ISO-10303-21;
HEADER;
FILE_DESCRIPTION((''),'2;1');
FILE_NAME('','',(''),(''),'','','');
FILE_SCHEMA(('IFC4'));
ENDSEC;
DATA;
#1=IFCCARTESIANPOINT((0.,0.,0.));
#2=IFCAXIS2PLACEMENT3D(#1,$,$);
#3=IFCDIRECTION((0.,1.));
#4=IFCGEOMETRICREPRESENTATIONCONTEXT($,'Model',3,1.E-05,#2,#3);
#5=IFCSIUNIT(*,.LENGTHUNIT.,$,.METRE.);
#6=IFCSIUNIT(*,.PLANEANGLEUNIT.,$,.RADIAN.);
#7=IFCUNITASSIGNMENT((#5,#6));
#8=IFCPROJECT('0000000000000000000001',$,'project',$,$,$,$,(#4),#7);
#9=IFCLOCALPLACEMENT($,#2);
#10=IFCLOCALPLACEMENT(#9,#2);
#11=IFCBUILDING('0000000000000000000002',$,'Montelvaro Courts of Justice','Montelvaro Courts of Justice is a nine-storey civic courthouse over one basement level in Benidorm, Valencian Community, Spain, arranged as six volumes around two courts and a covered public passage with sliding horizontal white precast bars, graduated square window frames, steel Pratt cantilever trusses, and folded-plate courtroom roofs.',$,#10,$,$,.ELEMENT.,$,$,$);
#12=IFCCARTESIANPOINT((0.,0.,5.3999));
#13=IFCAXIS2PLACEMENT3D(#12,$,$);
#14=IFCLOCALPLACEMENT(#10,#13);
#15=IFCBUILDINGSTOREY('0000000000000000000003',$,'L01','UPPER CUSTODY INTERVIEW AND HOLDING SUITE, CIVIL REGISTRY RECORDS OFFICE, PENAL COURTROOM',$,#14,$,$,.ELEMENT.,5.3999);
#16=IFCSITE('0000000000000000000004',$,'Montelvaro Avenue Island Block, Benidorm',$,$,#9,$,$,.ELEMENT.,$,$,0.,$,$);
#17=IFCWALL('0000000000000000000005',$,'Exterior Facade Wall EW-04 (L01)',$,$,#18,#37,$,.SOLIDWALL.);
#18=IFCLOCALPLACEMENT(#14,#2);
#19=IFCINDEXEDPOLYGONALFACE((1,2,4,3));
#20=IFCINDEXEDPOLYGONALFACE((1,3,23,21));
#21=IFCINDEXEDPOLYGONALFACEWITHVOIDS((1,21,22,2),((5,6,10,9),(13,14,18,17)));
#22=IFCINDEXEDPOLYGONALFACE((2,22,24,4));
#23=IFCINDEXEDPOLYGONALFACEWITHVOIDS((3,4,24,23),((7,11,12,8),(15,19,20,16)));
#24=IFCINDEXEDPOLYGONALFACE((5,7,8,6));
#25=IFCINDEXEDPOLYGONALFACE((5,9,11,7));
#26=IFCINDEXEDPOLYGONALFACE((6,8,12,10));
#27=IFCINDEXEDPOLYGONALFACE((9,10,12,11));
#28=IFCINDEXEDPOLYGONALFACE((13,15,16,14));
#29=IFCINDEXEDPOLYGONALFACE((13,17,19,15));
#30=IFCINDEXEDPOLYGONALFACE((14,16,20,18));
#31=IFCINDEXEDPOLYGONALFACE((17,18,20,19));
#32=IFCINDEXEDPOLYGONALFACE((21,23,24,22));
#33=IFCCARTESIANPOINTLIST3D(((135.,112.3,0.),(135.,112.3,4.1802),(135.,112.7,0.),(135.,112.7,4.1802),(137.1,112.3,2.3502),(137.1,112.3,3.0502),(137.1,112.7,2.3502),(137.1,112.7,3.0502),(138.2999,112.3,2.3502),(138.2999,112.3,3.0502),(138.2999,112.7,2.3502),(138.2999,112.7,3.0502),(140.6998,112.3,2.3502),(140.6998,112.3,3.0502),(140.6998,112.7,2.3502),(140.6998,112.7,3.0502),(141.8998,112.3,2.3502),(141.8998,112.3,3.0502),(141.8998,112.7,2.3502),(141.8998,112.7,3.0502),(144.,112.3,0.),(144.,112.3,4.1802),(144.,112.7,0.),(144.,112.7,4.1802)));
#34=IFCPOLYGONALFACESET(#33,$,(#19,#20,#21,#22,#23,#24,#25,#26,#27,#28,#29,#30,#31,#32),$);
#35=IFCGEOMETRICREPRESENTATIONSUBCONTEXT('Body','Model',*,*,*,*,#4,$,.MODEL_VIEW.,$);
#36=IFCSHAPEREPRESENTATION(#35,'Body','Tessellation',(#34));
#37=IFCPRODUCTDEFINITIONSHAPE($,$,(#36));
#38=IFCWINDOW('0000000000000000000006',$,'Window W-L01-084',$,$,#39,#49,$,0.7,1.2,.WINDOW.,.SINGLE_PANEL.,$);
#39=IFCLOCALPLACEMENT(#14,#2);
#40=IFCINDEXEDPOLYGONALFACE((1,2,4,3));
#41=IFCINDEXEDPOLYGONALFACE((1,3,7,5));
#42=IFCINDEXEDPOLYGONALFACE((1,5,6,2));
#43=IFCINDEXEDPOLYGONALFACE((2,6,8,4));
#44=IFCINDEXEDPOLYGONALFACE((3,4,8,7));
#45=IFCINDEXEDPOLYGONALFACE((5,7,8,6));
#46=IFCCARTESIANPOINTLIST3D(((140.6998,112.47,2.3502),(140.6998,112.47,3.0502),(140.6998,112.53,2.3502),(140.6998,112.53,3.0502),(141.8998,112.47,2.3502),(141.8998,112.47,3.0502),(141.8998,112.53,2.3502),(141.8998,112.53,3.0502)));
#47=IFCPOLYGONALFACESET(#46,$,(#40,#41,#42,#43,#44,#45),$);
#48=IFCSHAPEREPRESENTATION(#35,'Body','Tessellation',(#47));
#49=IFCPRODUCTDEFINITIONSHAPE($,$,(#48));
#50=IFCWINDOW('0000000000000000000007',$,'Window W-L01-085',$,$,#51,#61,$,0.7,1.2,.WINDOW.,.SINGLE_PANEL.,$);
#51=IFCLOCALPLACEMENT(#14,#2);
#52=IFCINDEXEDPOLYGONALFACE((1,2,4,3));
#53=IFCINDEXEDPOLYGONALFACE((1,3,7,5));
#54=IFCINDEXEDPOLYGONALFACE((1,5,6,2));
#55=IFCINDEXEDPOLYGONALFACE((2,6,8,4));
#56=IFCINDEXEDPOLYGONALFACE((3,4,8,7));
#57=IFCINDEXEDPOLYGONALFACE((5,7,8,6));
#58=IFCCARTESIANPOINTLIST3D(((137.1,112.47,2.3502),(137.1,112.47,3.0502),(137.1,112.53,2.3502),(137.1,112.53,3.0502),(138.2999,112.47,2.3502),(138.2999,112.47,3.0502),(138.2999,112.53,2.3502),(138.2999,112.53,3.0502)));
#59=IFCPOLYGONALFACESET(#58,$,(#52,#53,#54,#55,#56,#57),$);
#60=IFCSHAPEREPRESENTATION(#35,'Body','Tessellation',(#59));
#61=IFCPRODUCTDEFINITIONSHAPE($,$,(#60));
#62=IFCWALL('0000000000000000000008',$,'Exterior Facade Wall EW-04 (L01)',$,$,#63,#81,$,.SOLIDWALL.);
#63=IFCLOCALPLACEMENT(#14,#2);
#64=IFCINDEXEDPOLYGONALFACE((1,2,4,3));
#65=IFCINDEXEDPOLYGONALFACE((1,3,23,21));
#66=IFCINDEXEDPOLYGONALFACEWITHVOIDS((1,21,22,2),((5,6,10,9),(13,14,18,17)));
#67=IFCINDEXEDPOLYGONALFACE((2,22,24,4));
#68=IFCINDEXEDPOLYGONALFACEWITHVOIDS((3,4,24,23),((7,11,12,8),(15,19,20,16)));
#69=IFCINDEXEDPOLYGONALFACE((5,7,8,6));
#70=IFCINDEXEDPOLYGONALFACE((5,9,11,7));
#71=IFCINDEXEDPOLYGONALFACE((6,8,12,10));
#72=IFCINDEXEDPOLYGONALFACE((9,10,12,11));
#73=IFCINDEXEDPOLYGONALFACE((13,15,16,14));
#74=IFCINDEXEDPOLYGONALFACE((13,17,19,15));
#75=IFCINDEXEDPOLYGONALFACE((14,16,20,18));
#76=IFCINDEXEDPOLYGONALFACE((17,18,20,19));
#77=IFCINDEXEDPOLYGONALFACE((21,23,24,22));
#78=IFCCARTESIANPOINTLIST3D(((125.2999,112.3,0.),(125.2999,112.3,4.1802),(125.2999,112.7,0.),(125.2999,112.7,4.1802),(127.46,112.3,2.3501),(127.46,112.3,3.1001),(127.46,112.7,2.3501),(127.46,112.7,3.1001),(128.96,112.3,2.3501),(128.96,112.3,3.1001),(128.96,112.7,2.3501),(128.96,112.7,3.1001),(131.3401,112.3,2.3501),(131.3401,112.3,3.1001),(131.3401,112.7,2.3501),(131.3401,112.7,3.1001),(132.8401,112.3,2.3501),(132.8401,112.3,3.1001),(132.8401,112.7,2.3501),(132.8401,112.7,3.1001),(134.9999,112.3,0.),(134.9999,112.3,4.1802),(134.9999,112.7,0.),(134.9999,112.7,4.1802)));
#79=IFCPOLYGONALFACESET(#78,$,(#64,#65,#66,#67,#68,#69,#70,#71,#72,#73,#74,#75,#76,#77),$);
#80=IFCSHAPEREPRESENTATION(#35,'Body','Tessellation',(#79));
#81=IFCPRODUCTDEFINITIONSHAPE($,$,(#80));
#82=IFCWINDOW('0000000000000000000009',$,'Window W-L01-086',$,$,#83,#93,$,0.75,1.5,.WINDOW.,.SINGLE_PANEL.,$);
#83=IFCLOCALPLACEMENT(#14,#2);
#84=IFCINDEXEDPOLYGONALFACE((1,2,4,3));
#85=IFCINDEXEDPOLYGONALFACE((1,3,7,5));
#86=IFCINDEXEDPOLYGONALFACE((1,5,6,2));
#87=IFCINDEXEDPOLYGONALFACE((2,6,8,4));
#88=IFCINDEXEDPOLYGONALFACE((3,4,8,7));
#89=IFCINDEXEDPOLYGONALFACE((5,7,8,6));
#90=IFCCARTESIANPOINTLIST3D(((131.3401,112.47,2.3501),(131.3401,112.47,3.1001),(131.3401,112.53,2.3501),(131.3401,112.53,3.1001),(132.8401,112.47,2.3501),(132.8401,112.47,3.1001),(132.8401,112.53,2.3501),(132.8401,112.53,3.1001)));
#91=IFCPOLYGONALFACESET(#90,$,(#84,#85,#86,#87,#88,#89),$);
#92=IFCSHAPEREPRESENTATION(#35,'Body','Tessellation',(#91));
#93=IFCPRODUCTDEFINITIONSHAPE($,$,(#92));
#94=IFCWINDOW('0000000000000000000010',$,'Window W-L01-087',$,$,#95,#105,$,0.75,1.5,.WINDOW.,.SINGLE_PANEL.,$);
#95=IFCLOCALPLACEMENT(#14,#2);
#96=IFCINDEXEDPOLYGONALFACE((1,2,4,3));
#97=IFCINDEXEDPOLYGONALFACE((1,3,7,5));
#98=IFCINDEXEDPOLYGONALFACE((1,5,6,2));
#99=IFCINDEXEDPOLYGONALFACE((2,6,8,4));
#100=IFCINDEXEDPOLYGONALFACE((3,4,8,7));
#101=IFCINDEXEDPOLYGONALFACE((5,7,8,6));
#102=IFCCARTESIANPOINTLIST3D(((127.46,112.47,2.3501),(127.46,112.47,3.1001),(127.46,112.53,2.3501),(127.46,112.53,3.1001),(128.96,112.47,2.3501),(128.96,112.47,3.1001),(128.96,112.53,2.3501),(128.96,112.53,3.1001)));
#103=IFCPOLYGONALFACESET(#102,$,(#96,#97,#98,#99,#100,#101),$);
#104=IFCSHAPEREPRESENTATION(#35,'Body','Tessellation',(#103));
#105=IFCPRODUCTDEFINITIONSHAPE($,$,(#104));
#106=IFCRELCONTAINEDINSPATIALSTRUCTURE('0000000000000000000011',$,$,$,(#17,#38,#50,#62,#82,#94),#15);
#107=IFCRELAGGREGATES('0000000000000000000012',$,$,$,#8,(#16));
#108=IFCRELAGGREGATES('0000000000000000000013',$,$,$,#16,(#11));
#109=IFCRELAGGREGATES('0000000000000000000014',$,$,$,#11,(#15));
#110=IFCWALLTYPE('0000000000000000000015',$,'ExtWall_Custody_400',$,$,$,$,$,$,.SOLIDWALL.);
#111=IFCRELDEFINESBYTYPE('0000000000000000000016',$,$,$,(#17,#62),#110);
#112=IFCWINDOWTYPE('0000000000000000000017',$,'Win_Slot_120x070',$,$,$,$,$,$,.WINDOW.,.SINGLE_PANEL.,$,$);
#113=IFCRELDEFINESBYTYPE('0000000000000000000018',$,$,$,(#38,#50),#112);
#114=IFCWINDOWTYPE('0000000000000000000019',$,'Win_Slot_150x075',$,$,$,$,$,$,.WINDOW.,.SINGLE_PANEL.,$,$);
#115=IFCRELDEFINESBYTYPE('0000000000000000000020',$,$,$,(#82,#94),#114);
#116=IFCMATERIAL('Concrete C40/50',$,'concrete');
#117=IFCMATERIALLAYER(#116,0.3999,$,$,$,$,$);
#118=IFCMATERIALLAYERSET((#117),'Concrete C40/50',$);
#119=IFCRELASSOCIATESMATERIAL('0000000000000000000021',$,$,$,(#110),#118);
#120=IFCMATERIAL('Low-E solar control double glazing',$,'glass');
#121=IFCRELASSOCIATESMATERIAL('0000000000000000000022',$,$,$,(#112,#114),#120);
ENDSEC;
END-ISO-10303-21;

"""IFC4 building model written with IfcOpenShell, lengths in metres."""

from ifc_helpers import new_model, si_unit, direction, frame, frame_2d, origin, place, context, subcontext, project, spatial, rectangle, extrude, material, layer, layer_set, type_object, element, fill, save


model = new_model("IFC4")

# Units and contexts
model_context = context("Model", 3, precision=1e-05, world=origin(), true_north=direction((0.0, 1.0)))
body_context = subcontext(model_context, "Body", "Model", "MODEL_VIEW")
ifc_project = project(units=[si_unit("LENGTHUNIT", "METRE"), si_unit("PLANEANGLEUNIT", "RADIAN")], contexts=[model_context])

# Site, building, storey
site_placement = place(None, origin())
site = spatial("IfcSite", under=ifc_project, at=site_placement, Name="Montelvaro Avenue Island Block, Benidorm", CompositionType="ELEMENT", RefElevation=0.0)
building_placement = place(site_placement, origin())
building = spatial("IfcBuilding", under=site, at=building_placement, Name="Montelvaro Courts of Justice", Description="Montelvaro Courts of Justice is a nine-storey civic courthouse over one basement level in Benidorm, Valencian Community, Spain, arranged as six volumes around two courts and a covered public passage with sliding horizontal white precast bars, graduated square window frames, steel Pratt cantilever trusses, and folded-plate courtroom roofs.", CompositionType="ELEMENT")
storey_placement = place(building_placement, frame((0.0, 0.0, 5.3999)))
storey = spatial("IfcBuildingStorey", under=building, at=storey_placement, Name="L01", Description="UPPER CUSTODY INTERVIEW AND HOLDING SUITE, CIVIL REGISTRY RECORDS OFFICE, PENAL COURTROOM", CompositionType="ELEMENT", Elevation=5.3999)

# Walls, openings, windows
ifc_material_1 = material(Name="Concrete C40/50", Category="concrete")
ifc_layer = layer(ifc_material_1, 0.3999)
ifc_layer_set = layer_set([ifc_layer], Name="Concrete C40/50")
wall_type = type_object("IfcWallType", Name="ExtWall_Custody_400", PredefinedType="SOLIDWALL", material=ifc_layer_set)
wall_1_placement = place(storey_placement, frame((144.0, 112.5, 0.0), z_axis=(0.0, 0.0, 1.0), x_axis=(-1.0, 0.0, 0.0)))
wall_1 = element("IfcWall", 1, at=wall_1_placement, inside=storey, type_object=wall_type, Name="Exterior Facade Wall EW-04 (L01)", PredefinedType="SOLIDWALL", context=body_context, shape_type="SweptSolid", body=[
    extrude(rectangle(XDim=9.0, YDim=0.3999, at=frame_2d((4.5, 0.0))), origin(), (0.0, 0.0, 1.0), 4.1802),
])
opening_1_placement = place(wall_1_placement, frame((2.1001, 0.0, 2.3501)))
opening_1 = element("IfcOpeningElement", 2, at=opening_1_placement, cuts=wall_1, PredefinedType="OPENING", context=body_context, shape_type="SweptSolid", body=[
    extrude(rectangle(XDim=1.2, YDim=0.7, at=frame_2d((0.6001, 0.3501))), frame((0.0, 0.2148, 0.0), z_axis=(0.0, -1.0, 0.0), x_axis=(1.0, 0.0, 0.0)), (0.0, 0.0, 1.0), 0.4297),
])
opening_2_placement = place(wall_1_placement, frame((5.7, 0.0, 2.3501)))
opening_2 = element("IfcOpeningElement", 3, at=opening_2_placement, cuts=wall_1, PredefinedType="OPENING", context=body_context, shape_type="SweptSolid", body=[
    extrude(rectangle(XDim=1.2, YDim=0.7, at=frame_2d((0.6001, 0.3501))), frame((0.0, 0.2148, 0.0), z_axis=(0.0, -1.0, 0.0), x_axis=(1.0, 0.0, 0.0)), (0.0, 0.0, 1.0), 0.4297),
])
ifc_material_2 = material(Name="Low-E solar control double glazing", Category="glass")
window_type_1 = type_object("IfcWindowType", Name="Win_Slot_120x070", PartitioningType="SINGLE_PANEL", PredefinedType="WINDOW", material=ifc_material_2)
window_1_placement = place(opening_1_placement, origin())
window_1 = element("IfcWindow", 4, at=window_1_placement, inside=storey, type_object=window_type_1, Name="Window W-L01-084", OverallHeight=0.7, OverallWidth=1.2, PartitioningType="SINGLE_PANEL", PredefinedType="WINDOW", context=body_context, shape_type="SweptSolid", body=[
    extrude(rectangle(XDim=1.2, YDim=0.7, at=frame_2d((0.6001, 0.3501))), frame((0.0, 0.03, 0.0), z_axis=(0.0, -1.0, 0.0), x_axis=(1.0, 0.0, 0.0)), (0.0, 0.0, 1.0), 0.0601),
])
fill(opening_1, window_1)
window_2_placement = place(opening_2_placement, origin())
window_2 = element("IfcWindow", 5, at=window_2_placement, inside=storey, type_object=window_type_1, Name="Window W-L01-085", OverallHeight=0.7, OverallWidth=1.2, PartitioningType="SINGLE_PANEL", PredefinedType="WINDOW", context=body_context, shape_type="SweptSolid", body=[
    extrude(rectangle(XDim=1.2, YDim=0.7, at=frame_2d((0.6001, 0.3501))), frame((0.0, 0.03, 0.0), z_axis=(0.0, -1.0, 0.0), x_axis=(1.0, 0.0, 0.0)), (0.0, 0.0, 1.0), 0.0601),
])
fill(opening_2, window_2)
wall_2_placement = place(storey_placement, frame((135.0, 112.5, 0.0), z_axis=(0.0, 0.0, 1.0), x_axis=(-1.0, 0.0, 0.0)))
wall_2 = element("IfcWall", 6, at=wall_2_placement, inside=storey, type_object=wall_type, Name="Exterior Facade Wall EW-04 (L01)", PredefinedType="SOLIDWALL", context=body_context, shape_type="SweptSolid", body=[
    extrude(rectangle(XDim=9.7, YDim=0.3999, at=frame_2d((4.8501, 0.0))), origin(), (0.0, 0.0, 1.0), 4.1802),
])
opening_3_placement = place(wall_2_placement, frame((2.1599, 0.0, 2.3501)))
opening_3 = element("IfcOpeningElement", 7, at=opening_3_placement, cuts=wall_2, PredefinedType="OPENING", context=body_context, shape_type="SweptSolid", body=[
    extrude(rectangle(XDim=1.5, YDim=0.75, at=frame_2d((0.75, 0.375))), frame((0.0, 0.2148, 0.0), z_axis=(0.0, -1.0, 0.0), x_axis=(1.0, 0.0, 0.0)), (0.0, 0.0, 1.0), 0.4297),
])
opening_4_placement = place(wall_2_placement, frame((6.04, 0.0, 2.3501)))
opening_4 = element("IfcOpeningElement", 8, at=opening_4_placement, cuts=wall_2, PredefinedType="OPENING", context=body_context, shape_type="SweptSolid", body=[
    extrude(rectangle(XDim=1.5, YDim=0.75, at=frame_2d((0.75, 0.375))), frame((0.0, 0.2148, 0.0), z_axis=(0.0, -1.0, 0.0), x_axis=(1.0, 0.0, 0.0)), (0.0, 0.0, 1.0), 0.4297),
])
window_type_2 = type_object("IfcWindowType", Name="Win_Slot_150x075", PartitioningType="SINGLE_PANEL", PredefinedType="WINDOW", material=ifc_material_2)
window_3_placement = place(opening_3_placement, origin())
window_3 = element("IfcWindow", 9, at=window_3_placement, inside=storey, type_object=window_type_2, Name="Window W-L01-086", OverallHeight=0.75, OverallWidth=1.5, PartitioningType="SINGLE_PANEL", PredefinedType="WINDOW", context=body_context, shape_type="SweptSolid", body=[
    extrude(rectangle(XDim=1.5, YDim=0.75, at=frame_2d((0.75, 0.375))), frame((0.0, 0.03, 0.0), z_axis=(0.0, -1.0, 0.0), x_axis=(1.0, 0.0, 0.0)), (0.0, 0.0, 1.0), 0.0601),
])
fill(opening_3, window_3)
window_4_placement = place(opening_4_placement, origin())
window_4 = element("IfcWindow", 10, at=window_4_placement, inside=storey, type_object=window_type_2, Name="Window W-L01-087", OverallHeight=0.75, OverallWidth=1.5, PartitioningType="SINGLE_PANEL", PredefinedType="WINDOW", context=body_context, shape_type="SweptSolid", body=[
    extrude(rectangle(XDim=1.5, YDim=0.75, at=frame_2d((0.75, 0.375))), frame((0.0, 0.03, 0.0), z_axis=(0.0, -1.0, 0.0), x_axis=(1.0, 0.0, 0.0)), (0.0, 0.0, 1.0), 0.0601),
])
fill(opening_4, window_4)

save(model, "model.ifc")
